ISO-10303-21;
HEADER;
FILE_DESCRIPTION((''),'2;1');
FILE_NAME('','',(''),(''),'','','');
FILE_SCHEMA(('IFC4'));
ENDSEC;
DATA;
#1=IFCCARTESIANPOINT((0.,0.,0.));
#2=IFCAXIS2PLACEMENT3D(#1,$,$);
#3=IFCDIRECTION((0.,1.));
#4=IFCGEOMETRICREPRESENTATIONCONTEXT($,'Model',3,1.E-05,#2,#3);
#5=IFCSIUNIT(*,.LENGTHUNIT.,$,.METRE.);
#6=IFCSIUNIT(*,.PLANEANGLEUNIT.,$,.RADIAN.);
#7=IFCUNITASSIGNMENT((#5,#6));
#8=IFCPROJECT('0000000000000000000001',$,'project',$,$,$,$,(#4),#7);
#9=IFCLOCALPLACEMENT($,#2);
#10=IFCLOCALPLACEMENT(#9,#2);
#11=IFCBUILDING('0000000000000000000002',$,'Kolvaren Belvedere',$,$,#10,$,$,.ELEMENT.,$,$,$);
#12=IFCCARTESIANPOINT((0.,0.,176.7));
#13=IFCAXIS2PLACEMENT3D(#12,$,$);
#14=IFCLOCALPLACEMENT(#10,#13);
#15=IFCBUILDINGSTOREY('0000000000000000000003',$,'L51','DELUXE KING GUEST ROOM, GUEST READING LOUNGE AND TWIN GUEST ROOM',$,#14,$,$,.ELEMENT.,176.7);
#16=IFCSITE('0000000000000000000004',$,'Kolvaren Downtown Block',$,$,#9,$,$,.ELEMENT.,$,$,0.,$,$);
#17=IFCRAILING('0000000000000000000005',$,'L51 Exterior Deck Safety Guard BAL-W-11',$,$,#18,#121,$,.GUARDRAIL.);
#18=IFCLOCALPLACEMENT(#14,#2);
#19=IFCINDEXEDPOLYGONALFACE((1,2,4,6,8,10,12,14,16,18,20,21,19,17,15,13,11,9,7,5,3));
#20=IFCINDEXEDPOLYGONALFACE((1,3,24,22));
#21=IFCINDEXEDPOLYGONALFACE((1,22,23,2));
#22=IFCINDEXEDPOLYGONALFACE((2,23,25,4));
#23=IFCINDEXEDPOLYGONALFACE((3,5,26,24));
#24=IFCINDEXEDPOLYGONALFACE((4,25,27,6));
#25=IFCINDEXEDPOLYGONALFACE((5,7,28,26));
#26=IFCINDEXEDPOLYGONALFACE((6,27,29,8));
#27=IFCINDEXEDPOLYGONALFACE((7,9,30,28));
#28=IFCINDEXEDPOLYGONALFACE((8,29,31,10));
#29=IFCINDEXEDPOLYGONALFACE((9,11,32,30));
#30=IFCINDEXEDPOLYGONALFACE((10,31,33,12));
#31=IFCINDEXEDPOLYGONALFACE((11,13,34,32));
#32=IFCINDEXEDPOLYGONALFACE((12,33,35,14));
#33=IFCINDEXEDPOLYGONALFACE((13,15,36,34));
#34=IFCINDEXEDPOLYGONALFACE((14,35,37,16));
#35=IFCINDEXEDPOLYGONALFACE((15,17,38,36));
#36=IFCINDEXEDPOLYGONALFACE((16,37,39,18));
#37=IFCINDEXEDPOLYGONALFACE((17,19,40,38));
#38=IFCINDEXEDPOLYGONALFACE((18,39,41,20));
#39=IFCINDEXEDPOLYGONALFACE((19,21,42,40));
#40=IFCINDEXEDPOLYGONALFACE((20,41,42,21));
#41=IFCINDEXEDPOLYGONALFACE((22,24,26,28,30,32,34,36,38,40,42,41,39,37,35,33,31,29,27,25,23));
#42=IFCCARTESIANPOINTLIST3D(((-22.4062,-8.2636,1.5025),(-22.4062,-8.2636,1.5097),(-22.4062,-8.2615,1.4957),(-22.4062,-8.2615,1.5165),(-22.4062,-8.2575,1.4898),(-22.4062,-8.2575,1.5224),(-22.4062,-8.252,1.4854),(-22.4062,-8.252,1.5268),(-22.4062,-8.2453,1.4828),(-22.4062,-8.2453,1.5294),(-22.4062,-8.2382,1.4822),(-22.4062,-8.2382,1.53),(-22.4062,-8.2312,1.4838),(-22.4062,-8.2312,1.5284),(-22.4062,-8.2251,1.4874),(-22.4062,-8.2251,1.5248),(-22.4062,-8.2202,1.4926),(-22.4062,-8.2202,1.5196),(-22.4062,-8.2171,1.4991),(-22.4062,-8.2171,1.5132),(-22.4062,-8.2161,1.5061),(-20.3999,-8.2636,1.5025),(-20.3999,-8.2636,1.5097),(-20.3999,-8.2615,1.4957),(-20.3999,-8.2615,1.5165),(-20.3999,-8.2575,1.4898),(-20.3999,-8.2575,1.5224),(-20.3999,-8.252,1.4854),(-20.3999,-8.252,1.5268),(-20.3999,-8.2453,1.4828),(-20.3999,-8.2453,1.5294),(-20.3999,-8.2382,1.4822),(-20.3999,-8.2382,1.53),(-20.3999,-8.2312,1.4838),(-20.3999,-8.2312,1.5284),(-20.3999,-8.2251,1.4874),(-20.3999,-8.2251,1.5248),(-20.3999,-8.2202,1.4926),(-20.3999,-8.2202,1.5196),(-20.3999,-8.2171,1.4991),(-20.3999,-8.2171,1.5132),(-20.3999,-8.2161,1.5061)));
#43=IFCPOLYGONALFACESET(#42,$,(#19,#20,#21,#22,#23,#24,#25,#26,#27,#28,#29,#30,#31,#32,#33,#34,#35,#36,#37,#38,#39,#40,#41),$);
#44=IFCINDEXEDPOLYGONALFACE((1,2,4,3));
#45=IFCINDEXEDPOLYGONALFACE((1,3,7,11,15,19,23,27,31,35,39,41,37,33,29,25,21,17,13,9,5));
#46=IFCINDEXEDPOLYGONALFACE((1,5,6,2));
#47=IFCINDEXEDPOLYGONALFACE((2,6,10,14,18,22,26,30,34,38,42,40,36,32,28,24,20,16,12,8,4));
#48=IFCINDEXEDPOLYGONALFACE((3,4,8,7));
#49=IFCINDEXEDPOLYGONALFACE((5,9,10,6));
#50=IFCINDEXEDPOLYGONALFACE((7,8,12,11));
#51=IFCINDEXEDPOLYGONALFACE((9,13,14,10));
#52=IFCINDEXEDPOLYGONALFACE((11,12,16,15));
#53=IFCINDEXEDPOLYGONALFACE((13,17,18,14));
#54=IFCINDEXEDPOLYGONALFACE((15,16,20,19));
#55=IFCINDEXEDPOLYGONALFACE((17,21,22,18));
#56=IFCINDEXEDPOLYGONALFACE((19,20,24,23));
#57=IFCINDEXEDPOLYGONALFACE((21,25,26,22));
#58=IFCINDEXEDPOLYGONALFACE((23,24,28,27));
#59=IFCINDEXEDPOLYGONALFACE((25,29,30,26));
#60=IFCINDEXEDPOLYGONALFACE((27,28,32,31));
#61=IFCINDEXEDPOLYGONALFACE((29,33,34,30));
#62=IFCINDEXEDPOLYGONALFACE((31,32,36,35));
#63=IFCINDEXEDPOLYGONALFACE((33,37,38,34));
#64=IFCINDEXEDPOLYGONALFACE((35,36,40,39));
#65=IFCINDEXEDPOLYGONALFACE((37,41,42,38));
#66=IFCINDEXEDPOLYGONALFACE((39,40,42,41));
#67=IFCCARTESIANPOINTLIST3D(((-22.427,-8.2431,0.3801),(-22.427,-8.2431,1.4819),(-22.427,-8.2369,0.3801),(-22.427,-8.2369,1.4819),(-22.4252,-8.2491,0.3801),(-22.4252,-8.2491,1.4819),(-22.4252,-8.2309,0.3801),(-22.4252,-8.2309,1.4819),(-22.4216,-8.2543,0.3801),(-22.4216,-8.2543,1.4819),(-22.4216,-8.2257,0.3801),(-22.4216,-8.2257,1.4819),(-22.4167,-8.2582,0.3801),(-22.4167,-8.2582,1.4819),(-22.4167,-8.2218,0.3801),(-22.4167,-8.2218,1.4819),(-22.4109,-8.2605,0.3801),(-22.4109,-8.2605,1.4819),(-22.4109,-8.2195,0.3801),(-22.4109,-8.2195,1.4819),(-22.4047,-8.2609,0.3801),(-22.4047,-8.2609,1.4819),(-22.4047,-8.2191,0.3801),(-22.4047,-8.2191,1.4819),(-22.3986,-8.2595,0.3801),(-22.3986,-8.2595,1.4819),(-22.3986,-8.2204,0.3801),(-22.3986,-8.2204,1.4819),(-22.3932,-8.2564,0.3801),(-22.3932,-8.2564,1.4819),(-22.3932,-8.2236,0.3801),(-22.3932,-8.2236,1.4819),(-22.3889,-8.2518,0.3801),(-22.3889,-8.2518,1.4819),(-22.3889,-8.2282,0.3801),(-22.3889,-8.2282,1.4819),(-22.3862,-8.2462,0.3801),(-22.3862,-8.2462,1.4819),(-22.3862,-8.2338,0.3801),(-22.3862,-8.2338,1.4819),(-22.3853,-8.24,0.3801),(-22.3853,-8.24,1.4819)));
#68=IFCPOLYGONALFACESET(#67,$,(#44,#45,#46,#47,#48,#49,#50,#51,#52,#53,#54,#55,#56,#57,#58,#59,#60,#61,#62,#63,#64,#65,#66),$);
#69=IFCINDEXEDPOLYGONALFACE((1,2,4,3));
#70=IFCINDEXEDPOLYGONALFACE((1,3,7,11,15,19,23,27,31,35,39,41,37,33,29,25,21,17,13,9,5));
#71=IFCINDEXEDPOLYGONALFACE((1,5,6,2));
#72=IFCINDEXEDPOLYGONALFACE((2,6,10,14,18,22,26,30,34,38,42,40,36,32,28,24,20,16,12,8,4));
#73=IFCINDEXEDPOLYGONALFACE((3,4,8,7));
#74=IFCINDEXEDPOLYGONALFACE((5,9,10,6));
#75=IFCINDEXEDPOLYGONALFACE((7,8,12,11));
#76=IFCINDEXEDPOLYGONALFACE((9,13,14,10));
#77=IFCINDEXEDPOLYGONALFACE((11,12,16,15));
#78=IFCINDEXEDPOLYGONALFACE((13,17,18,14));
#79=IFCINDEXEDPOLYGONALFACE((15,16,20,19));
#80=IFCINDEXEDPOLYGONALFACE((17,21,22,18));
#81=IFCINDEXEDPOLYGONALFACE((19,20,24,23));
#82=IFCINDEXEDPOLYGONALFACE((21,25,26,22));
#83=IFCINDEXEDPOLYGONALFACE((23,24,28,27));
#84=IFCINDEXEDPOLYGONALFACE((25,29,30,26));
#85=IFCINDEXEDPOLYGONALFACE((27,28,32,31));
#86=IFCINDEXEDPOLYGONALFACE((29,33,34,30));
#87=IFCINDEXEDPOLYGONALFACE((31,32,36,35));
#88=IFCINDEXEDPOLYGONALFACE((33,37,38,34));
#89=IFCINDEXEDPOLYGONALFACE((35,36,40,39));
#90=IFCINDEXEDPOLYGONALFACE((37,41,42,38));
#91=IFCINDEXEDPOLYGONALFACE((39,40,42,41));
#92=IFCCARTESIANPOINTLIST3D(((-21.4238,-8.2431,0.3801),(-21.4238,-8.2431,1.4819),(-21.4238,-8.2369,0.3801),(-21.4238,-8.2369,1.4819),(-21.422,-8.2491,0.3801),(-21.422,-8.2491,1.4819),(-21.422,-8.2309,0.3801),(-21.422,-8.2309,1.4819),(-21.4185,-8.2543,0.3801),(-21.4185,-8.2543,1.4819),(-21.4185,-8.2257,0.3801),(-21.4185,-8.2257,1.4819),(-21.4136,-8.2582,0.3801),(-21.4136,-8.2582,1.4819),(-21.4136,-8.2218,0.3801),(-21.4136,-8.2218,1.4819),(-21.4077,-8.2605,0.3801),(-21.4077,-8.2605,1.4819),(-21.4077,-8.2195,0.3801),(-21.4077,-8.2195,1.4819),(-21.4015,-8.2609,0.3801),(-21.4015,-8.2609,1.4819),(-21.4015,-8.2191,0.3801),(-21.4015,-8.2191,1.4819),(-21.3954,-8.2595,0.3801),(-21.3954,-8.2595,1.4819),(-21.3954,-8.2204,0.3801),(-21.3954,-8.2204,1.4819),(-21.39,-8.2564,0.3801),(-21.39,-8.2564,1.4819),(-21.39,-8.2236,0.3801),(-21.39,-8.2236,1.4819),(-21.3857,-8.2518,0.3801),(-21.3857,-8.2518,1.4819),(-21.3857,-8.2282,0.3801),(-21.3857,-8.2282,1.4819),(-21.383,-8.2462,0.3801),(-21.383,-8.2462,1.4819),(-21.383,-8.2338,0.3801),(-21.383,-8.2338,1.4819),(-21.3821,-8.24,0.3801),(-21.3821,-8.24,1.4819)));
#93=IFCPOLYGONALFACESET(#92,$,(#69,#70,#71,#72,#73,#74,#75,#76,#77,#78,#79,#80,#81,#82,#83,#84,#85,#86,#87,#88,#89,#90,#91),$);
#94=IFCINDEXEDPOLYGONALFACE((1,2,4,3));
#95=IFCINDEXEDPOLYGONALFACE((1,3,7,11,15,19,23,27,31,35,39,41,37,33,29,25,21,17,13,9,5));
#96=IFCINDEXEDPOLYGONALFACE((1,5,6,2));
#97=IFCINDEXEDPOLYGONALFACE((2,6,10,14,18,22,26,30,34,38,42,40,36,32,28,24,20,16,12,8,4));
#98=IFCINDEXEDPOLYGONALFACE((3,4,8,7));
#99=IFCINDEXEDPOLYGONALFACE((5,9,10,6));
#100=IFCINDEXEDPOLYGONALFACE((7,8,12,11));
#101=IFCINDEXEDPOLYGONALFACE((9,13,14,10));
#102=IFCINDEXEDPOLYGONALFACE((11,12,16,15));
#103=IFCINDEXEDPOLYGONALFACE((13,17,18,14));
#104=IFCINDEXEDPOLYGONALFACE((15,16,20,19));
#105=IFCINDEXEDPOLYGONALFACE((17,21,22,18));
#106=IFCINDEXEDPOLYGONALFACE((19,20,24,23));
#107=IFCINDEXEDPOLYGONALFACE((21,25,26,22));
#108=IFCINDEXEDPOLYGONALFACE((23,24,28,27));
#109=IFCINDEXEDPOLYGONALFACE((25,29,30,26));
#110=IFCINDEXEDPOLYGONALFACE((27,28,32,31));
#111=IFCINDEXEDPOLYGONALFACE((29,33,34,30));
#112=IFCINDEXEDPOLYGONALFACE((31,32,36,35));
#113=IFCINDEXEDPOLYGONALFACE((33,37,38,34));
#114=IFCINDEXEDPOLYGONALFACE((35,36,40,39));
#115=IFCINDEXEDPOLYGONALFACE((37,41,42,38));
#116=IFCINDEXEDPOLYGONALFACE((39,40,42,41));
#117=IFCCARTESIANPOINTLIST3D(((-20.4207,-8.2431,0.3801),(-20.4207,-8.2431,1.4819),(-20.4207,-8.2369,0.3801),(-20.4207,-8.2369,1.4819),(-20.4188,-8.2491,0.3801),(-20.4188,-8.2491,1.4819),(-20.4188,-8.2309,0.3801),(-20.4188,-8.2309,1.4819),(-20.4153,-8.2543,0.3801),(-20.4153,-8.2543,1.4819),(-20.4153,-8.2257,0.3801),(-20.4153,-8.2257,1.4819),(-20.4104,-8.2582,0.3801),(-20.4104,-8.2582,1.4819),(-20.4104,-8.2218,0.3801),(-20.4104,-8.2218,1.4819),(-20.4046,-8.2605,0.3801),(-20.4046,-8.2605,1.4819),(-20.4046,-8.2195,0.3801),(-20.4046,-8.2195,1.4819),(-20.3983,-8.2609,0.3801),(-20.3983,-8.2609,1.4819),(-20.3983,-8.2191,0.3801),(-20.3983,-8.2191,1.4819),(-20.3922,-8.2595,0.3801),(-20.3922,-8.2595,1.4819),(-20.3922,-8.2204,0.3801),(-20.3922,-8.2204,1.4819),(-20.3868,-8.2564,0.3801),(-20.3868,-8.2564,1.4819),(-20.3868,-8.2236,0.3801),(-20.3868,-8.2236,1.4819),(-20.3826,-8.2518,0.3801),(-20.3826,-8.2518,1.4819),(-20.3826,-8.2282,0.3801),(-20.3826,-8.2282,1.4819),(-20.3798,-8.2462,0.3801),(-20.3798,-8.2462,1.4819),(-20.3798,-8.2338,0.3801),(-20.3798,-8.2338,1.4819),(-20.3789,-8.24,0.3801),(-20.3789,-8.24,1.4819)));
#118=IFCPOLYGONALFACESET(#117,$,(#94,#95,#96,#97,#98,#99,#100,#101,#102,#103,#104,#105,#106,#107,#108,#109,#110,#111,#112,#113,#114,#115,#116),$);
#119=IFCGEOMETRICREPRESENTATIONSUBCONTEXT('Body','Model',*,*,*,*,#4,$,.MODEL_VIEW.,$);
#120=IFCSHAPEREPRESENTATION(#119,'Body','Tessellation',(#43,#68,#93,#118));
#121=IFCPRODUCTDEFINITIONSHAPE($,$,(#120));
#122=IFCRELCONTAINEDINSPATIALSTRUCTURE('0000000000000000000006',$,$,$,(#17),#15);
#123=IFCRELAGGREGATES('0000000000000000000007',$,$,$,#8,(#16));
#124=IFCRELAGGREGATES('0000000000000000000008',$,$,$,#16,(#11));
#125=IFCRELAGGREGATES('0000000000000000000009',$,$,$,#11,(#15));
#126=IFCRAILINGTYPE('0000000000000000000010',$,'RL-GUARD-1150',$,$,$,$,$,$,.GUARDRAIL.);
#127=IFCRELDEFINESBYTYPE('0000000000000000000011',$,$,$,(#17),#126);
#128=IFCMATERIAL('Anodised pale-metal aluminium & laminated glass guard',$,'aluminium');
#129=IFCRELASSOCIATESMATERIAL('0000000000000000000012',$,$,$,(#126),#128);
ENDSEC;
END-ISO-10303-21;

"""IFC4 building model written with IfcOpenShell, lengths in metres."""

from ifc_helpers import new_model, si_unit, direction, frame, origin, origin_2d, place, context, subcontext, project, spatial, circle, extrude, material, type_object, element, save


model = new_model("IFC4")

# Units and contexts
model_context = context("Model", 3, precision=1e-05, world=origin(), true_north=direction((0.0, 1.0)))
body_context = subcontext(model_context, "Body", "Model", "MODEL_VIEW")
ifc_project = project(units=[si_unit("LENGTHUNIT", "METRE"), si_unit("PLANEANGLEUNIT", "RADIAN")], contexts=[model_context])

# Site, building, storey
site_placement = place(None, origin())
site = spatial("IfcSite", under=ifc_project, at=site_placement, Name="Kolvaren Downtown Block", CompositionType="ELEMENT", RefElevation=0.0)
building_placement = place(site_placement, origin())
building = spatial("IfcBuilding", under=site, at=building_placement, Name="Kolvaren Belvedere", CompositionType="ELEMENT")
storey_placement = place(building_placement, frame((0.0, 0.0, 176.7)))
storey = spatial("IfcBuildingStorey", under=building, at=storey_placement, Name="L51", Description="DELUXE KING GUEST ROOM, GUEST READING LOUNGE AND TWIN GUEST ROOM", CompositionType="ELEMENT", Elevation=176.7)

# Railing
ifc_material_1 = material(Name="Anodised pale-metal aluminium & laminated glass guard", Category="aluminium")
railing_type = type_object("IfcRailingType", Name="RL-GUARD-1150", PredefinedType="GUARDRAIL", material=ifc_material_1)
railing_1_placement = place(storey_placement, frame((-22.4062, -8.24, 0.3801)))
element("IfcRailing", 1, at=railing_1_placement, inside=storey, type_object=railing_type, Name="L51 Exterior Deck Safety Guard BAL-W-11", PredefinedType="GUARDRAIL", context=body_context, shape_type="SweptSolid", body=[
    extrude(circle(Radius=0.0239, at=origin_2d()), frame((0.0, 0.0, 1.126), z_axis=(1.0, 0.0, 0.0), x_axis=(0.0, 1.0, 0.0)), (0.0, 0.0, 1.0), 2.0063),
    extrude(circle(Radius=0.021, at=origin_2d()), origin(), (0.0, 0.0, 1.0), 1.1018),
    extrude(circle(Radius=0.021, at=origin_2d()), frame((1.0032, 0.0, 0.0)), (0.0, 0.0, 1.0), 1.1018),
    extrude(circle(Radius=0.021, at=origin_2d()), frame((2.0063, 0.0, 0.0)), (0.0, 0.0, 1.0), 1.1018),
])

save(model, "model.ifc")
